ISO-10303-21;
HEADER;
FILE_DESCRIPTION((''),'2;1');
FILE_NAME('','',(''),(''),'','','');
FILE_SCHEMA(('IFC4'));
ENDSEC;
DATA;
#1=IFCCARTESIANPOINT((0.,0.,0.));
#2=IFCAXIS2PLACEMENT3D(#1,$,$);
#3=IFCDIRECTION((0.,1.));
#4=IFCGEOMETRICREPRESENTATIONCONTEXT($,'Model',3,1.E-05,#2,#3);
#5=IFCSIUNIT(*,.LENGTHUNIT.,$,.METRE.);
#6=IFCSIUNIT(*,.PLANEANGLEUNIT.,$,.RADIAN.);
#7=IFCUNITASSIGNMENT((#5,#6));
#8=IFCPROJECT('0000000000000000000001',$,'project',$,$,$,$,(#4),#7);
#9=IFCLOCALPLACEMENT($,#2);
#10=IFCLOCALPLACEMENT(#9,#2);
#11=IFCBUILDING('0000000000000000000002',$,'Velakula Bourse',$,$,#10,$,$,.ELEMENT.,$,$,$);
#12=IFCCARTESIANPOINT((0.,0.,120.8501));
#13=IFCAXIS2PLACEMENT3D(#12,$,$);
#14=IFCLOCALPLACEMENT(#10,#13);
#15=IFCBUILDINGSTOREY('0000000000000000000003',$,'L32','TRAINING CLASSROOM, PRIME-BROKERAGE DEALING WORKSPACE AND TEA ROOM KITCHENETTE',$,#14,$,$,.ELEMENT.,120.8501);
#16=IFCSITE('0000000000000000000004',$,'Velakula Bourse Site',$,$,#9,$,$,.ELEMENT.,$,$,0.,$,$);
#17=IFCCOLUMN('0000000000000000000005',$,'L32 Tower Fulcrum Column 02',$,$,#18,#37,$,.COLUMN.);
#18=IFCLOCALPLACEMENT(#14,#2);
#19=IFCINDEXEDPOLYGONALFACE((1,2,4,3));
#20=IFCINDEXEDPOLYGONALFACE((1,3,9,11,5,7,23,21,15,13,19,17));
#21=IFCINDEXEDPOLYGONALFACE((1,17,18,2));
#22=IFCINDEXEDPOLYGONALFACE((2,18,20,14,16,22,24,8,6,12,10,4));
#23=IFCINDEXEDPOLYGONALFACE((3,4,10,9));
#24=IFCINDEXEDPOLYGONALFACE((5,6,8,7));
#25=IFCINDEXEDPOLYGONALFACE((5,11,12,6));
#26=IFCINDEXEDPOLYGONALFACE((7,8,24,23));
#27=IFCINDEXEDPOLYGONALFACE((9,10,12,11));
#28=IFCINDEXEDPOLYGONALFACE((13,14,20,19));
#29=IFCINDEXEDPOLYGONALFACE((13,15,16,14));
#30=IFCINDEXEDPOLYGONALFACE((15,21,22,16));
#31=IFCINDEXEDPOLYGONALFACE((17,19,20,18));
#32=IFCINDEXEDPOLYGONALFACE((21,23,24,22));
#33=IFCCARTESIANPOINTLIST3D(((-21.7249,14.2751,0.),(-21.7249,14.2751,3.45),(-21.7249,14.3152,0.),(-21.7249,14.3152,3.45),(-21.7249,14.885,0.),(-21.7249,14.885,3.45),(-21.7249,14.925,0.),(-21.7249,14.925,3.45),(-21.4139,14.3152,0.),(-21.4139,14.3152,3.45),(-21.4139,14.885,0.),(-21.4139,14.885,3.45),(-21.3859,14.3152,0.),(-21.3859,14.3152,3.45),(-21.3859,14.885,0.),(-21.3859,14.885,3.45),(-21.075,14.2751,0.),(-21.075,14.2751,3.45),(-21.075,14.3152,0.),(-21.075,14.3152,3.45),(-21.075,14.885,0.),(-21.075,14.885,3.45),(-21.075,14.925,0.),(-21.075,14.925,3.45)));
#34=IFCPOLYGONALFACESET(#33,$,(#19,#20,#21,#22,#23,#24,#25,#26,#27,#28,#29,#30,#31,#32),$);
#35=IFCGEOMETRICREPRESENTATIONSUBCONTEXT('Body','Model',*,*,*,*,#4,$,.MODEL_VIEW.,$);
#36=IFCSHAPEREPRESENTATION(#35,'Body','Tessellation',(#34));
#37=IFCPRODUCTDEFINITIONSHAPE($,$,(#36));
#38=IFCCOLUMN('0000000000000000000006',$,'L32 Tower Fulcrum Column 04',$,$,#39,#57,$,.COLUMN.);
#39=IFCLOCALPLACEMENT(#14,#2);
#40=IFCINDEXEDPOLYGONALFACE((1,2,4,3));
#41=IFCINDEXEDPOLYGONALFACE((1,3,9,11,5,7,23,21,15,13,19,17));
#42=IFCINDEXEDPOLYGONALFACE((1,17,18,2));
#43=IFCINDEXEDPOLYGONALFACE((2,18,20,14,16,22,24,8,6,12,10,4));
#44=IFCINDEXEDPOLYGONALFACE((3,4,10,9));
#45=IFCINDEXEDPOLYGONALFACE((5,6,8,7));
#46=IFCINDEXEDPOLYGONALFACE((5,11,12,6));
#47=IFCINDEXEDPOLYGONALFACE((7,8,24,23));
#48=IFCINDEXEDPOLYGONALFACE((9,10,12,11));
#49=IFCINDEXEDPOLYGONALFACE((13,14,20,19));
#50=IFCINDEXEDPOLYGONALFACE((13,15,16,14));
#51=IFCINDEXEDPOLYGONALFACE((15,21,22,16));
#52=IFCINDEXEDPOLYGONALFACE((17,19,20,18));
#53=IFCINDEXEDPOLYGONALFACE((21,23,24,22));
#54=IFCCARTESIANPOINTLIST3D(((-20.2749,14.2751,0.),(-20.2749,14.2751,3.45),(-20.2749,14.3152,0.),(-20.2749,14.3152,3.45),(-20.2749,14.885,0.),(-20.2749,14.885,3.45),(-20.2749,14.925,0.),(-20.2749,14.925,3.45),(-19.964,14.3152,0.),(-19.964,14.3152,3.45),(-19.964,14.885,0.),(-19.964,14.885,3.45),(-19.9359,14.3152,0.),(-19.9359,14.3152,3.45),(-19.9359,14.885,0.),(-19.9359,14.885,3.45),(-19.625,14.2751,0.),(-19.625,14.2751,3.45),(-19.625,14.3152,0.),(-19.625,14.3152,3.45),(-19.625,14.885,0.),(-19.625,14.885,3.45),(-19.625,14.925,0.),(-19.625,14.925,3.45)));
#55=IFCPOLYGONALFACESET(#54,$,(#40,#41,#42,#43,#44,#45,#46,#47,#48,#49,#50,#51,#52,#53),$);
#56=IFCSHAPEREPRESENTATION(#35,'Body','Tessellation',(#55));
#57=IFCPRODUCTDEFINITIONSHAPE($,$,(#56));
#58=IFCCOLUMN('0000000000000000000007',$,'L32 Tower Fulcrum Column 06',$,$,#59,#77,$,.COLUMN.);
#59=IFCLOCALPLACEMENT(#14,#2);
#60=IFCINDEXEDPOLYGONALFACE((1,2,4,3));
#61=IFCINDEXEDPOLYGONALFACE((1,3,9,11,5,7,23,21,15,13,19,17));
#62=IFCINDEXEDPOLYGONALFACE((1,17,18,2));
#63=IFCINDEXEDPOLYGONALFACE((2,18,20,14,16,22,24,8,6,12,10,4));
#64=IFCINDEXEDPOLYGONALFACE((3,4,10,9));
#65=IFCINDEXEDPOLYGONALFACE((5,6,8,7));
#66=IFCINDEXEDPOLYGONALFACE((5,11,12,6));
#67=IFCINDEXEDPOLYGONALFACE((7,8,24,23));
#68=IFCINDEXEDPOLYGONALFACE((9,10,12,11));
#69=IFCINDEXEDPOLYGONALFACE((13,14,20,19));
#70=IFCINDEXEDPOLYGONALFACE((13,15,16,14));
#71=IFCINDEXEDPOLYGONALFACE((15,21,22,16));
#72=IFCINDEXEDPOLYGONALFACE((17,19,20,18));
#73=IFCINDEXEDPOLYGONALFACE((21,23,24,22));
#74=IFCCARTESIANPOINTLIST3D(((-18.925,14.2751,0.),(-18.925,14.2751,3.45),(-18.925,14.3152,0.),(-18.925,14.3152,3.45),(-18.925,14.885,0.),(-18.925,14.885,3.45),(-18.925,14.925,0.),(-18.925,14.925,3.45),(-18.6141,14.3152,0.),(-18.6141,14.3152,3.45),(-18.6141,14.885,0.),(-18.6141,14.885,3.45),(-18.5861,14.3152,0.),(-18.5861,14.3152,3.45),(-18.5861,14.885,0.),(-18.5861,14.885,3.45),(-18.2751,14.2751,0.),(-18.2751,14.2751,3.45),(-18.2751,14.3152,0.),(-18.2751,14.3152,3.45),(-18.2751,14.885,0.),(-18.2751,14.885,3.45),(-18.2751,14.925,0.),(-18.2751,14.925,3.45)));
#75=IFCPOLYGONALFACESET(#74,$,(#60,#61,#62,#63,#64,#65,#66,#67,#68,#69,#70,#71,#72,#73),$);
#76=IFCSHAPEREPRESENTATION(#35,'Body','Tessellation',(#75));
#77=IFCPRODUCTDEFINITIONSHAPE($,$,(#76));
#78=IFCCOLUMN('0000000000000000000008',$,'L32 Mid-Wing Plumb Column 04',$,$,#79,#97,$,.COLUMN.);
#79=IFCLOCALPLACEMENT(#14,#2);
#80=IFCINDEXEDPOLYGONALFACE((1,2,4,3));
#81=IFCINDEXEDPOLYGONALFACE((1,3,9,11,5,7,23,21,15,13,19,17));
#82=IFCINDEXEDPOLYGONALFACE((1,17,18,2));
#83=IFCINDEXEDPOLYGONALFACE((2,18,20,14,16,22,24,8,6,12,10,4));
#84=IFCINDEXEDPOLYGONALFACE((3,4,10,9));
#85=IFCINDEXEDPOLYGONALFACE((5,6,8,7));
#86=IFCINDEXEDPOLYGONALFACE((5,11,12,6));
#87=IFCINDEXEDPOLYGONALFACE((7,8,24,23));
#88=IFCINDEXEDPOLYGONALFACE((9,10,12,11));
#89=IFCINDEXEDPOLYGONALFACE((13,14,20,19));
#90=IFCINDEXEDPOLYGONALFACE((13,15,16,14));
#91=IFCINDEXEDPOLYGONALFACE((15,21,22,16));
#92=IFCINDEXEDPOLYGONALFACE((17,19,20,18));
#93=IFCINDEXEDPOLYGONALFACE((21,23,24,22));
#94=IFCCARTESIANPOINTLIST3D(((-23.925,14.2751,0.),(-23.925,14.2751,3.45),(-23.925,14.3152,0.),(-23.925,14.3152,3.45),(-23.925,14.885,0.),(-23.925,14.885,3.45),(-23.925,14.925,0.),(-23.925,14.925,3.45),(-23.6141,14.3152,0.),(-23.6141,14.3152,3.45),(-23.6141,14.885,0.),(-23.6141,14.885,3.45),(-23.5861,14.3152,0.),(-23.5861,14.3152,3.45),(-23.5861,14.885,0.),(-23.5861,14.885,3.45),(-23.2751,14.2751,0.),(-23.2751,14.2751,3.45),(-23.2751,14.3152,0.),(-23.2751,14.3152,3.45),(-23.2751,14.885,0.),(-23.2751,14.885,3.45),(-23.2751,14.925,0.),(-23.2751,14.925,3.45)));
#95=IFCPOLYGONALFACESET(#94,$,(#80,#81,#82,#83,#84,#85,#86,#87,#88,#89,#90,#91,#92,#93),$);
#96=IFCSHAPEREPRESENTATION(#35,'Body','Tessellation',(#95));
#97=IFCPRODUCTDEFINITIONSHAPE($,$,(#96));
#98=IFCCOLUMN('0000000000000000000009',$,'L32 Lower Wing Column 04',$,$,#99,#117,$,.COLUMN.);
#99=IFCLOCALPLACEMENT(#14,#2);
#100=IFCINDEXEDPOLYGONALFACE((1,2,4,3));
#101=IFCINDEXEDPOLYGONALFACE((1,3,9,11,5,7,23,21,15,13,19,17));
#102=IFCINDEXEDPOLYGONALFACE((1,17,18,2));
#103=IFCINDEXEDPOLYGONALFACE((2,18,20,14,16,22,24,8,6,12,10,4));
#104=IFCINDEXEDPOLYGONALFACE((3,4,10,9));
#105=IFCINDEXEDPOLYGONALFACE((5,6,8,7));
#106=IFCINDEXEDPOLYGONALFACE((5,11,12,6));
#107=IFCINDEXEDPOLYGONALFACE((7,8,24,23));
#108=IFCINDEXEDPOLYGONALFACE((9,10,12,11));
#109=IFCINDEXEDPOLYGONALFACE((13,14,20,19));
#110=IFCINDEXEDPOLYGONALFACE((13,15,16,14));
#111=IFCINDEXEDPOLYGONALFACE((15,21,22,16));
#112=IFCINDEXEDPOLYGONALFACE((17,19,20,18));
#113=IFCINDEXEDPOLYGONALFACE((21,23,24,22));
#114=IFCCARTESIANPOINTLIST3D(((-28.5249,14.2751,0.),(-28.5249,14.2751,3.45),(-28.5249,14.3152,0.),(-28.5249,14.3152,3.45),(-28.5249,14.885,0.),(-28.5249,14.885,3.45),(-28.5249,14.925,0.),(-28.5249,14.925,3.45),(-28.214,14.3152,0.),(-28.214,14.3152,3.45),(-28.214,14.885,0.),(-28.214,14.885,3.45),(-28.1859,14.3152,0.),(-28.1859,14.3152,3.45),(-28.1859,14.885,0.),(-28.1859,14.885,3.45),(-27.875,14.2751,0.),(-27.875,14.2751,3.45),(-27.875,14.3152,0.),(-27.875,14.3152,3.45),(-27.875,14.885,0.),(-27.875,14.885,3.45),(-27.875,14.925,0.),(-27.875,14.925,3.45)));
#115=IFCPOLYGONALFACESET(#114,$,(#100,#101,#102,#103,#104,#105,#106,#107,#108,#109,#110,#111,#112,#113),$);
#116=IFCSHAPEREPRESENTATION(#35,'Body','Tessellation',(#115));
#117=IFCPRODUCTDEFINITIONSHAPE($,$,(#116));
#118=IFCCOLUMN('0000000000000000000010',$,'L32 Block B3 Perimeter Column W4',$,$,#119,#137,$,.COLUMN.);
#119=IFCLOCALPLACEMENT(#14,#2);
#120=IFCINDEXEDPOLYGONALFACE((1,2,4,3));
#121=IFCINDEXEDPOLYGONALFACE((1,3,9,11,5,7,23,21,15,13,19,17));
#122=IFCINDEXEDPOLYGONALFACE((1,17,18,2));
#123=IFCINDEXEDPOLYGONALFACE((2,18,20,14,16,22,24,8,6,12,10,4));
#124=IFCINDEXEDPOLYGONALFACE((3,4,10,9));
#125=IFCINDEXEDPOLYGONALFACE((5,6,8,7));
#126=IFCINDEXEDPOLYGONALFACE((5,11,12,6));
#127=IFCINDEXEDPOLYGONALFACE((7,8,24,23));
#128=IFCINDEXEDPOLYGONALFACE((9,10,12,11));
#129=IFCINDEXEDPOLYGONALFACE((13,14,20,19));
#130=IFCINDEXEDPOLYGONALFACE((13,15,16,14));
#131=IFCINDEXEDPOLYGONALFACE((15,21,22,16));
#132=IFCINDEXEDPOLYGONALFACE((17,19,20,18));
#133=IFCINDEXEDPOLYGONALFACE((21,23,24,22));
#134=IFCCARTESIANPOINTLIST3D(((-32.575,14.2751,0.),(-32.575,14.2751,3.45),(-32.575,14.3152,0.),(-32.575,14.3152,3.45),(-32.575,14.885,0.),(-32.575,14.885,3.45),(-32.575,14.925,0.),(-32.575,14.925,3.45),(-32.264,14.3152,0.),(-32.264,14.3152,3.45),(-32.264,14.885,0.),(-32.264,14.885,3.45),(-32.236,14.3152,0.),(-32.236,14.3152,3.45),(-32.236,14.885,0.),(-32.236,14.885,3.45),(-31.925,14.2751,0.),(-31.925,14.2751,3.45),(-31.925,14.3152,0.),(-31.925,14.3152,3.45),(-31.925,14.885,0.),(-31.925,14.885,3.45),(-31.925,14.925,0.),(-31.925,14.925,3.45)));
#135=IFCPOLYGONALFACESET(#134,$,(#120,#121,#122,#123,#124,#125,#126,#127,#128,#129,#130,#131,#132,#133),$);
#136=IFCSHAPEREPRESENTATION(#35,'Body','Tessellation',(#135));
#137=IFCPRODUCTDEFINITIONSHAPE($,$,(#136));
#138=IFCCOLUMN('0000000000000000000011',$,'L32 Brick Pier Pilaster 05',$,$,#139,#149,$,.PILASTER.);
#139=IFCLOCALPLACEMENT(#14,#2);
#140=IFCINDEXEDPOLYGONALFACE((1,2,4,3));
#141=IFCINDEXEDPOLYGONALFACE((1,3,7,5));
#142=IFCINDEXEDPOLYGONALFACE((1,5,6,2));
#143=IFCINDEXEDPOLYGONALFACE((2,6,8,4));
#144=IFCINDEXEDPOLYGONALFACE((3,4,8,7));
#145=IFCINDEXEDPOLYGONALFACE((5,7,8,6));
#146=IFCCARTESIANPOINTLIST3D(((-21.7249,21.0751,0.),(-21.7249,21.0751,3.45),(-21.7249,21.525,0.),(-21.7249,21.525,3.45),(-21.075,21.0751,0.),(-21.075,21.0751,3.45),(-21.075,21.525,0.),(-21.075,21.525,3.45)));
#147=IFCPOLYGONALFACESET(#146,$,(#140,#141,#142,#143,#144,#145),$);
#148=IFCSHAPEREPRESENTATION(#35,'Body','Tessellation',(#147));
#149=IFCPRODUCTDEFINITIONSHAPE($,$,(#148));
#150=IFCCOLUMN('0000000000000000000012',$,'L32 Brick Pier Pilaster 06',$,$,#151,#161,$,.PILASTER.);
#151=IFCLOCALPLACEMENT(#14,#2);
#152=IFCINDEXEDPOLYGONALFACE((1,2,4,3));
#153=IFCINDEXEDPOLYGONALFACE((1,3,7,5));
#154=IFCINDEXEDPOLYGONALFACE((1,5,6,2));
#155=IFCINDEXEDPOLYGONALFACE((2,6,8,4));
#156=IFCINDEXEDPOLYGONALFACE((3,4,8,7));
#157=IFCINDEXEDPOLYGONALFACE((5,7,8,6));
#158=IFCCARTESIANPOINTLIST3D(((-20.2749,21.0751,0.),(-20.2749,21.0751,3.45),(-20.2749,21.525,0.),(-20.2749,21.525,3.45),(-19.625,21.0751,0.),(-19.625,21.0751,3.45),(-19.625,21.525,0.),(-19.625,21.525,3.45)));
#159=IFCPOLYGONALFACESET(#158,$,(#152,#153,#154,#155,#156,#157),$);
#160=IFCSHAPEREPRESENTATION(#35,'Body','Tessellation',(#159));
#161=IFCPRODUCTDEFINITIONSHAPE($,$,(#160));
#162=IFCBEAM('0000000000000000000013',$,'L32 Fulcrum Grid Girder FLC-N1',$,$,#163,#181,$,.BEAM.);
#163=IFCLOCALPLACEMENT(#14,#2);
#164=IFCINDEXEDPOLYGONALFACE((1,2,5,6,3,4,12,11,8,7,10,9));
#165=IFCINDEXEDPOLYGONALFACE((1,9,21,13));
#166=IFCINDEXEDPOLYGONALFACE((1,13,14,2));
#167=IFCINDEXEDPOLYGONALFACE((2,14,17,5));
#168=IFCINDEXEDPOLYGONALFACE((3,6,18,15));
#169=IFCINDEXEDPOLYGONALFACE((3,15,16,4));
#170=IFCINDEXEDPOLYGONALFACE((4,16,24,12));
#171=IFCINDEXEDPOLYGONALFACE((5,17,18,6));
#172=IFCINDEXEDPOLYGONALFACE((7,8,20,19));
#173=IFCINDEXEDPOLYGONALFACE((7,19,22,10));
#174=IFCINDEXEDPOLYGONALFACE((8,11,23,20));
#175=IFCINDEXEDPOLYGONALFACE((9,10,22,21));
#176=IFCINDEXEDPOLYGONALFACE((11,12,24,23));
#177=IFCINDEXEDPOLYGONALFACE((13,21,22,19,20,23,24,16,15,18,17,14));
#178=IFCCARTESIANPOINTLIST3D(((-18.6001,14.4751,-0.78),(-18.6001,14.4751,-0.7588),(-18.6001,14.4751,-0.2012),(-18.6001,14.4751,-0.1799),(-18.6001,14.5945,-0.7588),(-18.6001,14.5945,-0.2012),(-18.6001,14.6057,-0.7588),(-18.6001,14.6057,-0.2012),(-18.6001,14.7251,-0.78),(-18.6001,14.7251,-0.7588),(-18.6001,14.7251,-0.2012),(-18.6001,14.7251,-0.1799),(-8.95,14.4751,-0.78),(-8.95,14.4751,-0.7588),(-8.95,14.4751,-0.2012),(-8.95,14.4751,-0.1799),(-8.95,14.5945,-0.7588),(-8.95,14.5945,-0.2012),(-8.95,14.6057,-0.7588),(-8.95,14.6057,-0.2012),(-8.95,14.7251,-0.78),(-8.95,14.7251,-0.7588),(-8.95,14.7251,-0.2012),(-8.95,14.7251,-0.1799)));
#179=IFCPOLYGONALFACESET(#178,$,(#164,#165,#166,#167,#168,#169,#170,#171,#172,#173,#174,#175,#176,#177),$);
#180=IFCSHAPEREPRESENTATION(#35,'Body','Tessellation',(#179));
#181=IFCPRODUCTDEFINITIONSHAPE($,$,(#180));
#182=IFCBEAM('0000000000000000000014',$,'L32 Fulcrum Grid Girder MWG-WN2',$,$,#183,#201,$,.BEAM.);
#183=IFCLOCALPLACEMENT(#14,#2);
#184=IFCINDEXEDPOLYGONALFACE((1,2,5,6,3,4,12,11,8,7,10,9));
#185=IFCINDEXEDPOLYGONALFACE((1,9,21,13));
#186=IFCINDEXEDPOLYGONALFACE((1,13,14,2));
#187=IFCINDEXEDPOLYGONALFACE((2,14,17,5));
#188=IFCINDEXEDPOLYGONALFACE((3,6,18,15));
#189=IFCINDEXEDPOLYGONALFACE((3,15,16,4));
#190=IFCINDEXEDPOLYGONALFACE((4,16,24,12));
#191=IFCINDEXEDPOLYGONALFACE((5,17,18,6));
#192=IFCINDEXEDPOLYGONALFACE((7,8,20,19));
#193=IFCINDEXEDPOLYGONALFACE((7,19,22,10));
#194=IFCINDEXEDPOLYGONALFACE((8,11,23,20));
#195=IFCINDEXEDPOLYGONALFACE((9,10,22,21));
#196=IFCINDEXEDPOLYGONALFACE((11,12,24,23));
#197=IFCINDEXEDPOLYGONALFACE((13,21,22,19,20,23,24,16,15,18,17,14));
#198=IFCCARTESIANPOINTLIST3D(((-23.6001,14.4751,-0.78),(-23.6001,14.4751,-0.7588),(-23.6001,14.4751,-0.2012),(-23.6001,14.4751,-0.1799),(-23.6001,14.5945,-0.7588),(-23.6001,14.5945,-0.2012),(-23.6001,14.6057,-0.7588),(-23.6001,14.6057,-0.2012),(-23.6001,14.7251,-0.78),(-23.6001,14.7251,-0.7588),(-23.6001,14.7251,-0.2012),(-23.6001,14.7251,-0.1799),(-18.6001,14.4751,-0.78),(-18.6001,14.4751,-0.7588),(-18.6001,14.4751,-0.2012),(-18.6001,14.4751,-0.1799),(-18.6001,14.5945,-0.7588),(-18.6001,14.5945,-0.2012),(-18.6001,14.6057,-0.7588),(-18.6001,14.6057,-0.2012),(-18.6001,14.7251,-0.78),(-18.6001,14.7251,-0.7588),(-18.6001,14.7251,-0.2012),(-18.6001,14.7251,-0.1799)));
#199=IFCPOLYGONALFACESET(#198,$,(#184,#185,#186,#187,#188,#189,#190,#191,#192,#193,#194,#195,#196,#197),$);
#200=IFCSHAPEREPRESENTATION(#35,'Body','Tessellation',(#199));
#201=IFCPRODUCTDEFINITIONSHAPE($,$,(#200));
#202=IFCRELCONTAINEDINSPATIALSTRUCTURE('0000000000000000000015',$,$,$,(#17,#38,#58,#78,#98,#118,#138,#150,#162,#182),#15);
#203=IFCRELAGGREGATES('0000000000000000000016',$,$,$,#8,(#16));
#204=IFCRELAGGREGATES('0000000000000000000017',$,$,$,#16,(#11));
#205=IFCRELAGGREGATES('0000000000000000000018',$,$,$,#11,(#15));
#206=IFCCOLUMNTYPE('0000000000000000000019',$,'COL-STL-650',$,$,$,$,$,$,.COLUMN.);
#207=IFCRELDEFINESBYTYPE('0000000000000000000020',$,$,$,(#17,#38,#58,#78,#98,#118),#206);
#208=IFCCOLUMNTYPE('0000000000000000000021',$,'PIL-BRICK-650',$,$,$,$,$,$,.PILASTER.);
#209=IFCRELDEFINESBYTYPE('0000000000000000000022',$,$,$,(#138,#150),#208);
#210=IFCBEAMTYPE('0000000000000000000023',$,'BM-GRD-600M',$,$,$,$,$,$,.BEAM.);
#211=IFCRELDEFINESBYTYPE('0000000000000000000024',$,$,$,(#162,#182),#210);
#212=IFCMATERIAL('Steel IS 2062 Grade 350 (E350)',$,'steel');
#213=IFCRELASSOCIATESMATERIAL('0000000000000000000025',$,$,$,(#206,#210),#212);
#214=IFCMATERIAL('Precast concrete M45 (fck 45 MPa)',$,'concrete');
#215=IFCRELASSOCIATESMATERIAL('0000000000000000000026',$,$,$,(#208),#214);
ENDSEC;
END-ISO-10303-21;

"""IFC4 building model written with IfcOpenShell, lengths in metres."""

from ifc_helpers import new_model, si_unit, direction, frame, origin, origin_2d, place, context, subcontext, project, spatial, rectangle, i_section, extrude, material, material_profile, profile_set, type_object, element, save


model = new_model("IFC4")

# Units and contexts
model_context = context("Model", 3, precision=1e-05, world=origin(), true_north=direction((0.0, 1.0)))
body_context = subcontext(model_context, "Body", "Model", "MODEL_VIEW")
ifc_project = project(units=[si_unit("LENGTHUNIT", "METRE"), si_unit("PLANEANGLEUNIT", "RADIAN")], contexts=[model_context])

# Site, building, storey
site_placement = place(None, origin())
site = spatial("IfcSite", under=ifc_project, at=site_placement, Name="Velakula Bourse Site", CompositionType="ELEMENT", RefElevation=0.0)
building_placement = place(site_placement, origin())
building = spatial("IfcBuilding", under=site, at=building_placement, Name="Velakula Bourse", CompositionType="ELEMENT")
storey_placement = place(building_placement, frame((0.0, 0.0, 120.8501)))
storey = spatial("IfcBuildingStorey", under=building, at=storey_placement, Name="L32", Description="TRAINING CLASSROOM, PRIME-BROKERAGE DEALING WORKSPACE AND TEA ROOM KITCHENETTE", CompositionType="ELEMENT", Elevation=120.8501)

# Columns
ifc_material_1 = material(Name="Steel IS 2062 Grade 350 (E350)", Category="steel")
ifc_material_profile_1 = material_profile(ifc_material_1, i_section(OverallWidth=0.6499, OverallDepth=0.6499, WebThickness=0.0281, FlangeThickness=0.04, at=origin_2d()), Name="Steel IS 2062 Grade 350 (E350)")
ifc_profile_set_1 = profile_set([ifc_material_profile_1], Name="Steel IS 2062 Grade 350 (E350)")
column_type_1 = type_object("IfcColumnType", Name="COL-STL-650", PredefinedType="COLUMN", material=ifc_profile_set_1)
for number, where, z_axis, x_axis, name in (
    (1, (-21.3999, 14.6001, 0.0), (0.0, 0.0, 1.0), (1.0, 0.0, 0.0), "L32 Tower Fulcrum Column 02"),
    (2, (-19.95, 14.6001, 0.0), (0.0, 0.0, 1.0), (1.0, 0.0, 0.0), "L32 Tower Fulcrum Column 04"),
    (3, (-18.6001, 14.6001, 0.0), (0.0, 0.0, 1.0), (1.0, 0.0, 0.0), "L32 Tower Fulcrum Column 06"),
    (4, (-23.6001, 14.6001, 0.0), (0.0, 0.0, 1.0), (1.0, 0.0, 0.0), "L32 Mid-Wing Plumb Column 04"),
    (5, (-28.2, 14.6001, 0.0), (0.0, 0.0, 1.0), (1.0, 0.0, 0.0), "L32 Lower Wing Column 04"),
    (6, (-32.25, 14.6001, 0.0), (0.0, 0.0, 1.0), (1.0, 0.0, 0.0), "L32 Block B3 Perimeter Column W4"),
):
    element("IfcColumn", number, at=place(storey_placement, frame(where, z_axis=z_axis, x_axis=x_axis)), inside=storey, type_object=column_type_1, Name=name, PredefinedType="COLUMN", context=body_context, shape_type="SweptSolid", body=[
        extrude(i_section(OverallWidth=0.6499, OverallDepth=0.6499, WebThickness=0.0281, FlangeThickness=0.04, at=origin_2d()), origin(), (0.0, 0.0, 1.0), 3.45),
    ])
ifc_material_2 = material(Name="Precast concrete M45 (fck 45 MPa)", Category="concrete")
ifc_material_profile_2 = material_profile(ifc_material_2, rectangle(XDim=0.6499, YDim=0.45, at=origin_2d()), Name="Precast concrete M45 (fck 45 MPa)")
ifc_profile_set_2 = profile_set([ifc_material_profile_2], Name="Precast concrete M45 (fck 45 MPa)")
column_type_2 = type_object("IfcColumnType", Name="PIL-BRICK-650", PredefinedType="PILASTER", material=ifc_profile_set_2)
for number, where, z_axis, x_axis, name in (
    (7, (-21.3999, 21.3, 0.0), (0.0, 0.0, 1.0), (1.0, 0.0, 0.0), "L32 Brick Pier Pilaster 05"),
    (8, (-19.95, 21.3, 0.0), (0.0, 0.0, 1.0), (1.0, 0.0, 0.0), "L32 Brick Pier Pilaster 06"),
):
    element("IfcColumn", number, at=place(storey_placement, frame(where, z_axis=z_axis, x_axis=x_axis)), inside=storey, type_object=column_type_2, Name=name, PredefinedType="PILASTER", context=body_context, shape_type="SweptSolid", body=[
        extrude(rectangle(XDim=0.6499, YDim=0.45, at=origin_2d()), origin(), (0.0, 0.0, 1.0), 3.45),
    ])

# Beams
ifc_material_profile_3 = material_profile(ifc_material_1, i_section(OverallWidth=0.25, OverallDepth=0.6001, WebThickness=0.0112, FlangeThickness=0.0212, at=origin_2d()), Name="Steel IS 2062 Grade 350 (E350)")
ifc_profile_set_3 = profile_set([ifc_material_profile_3], Name="Steel IS 2062 Grade 350 (E350)")
beam_type_1 = type_object("IfcBeamType", Name="BM-GRD-600M", PredefinedType="BEAM", material=ifc_profile_set_3)
beam_1_placement = place(storey_placement, frame((-18.6001, 14.6001, -0.48), z_axis=(1.0, 0.0, 0.0), x_axis=(0.0, 1.0, 0.0)))
element("IfcBeam", 9, at=beam_1_placement, inside=storey, type_object=beam_type_1, Name="L32 Fulcrum Grid Girder FLC-N1", PredefinedType="BEAM", context=body_context, shape_type="SweptSolid", body=[
    extrude(i_section(OverallWidth=0.25, OverallDepth=0.6001, WebThickness=0.0112, FlangeThickness=0.0212, at=origin_2d()), origin(), (0.0, 0.0, 1.0), 9.6501),
])
beam_2_placement = place(storey_placement, frame((-23.6001, 14.6001, -0.48), z_axis=(1.0, 0.0, 0.0), x_axis=(0.0, 1.0, 0.0)))
element("IfcBeam", 10, at=beam_2_placement, inside=storey, type_object=beam_type_1, Name="L32 Fulcrum Grid Girder MWG-WN2", PredefinedType="BEAM", context=body_context, shape_type="SweptSolid", body=[
    extrude(i_section(OverallWidth=0.25, OverallDepth=0.6001, WebThickness=0.0112, FlangeThickness=0.0212, at=origin_2d()), origin(), (0.0, 0.0, 1.0), 5.0),
])

save(model, "model.ifc")
